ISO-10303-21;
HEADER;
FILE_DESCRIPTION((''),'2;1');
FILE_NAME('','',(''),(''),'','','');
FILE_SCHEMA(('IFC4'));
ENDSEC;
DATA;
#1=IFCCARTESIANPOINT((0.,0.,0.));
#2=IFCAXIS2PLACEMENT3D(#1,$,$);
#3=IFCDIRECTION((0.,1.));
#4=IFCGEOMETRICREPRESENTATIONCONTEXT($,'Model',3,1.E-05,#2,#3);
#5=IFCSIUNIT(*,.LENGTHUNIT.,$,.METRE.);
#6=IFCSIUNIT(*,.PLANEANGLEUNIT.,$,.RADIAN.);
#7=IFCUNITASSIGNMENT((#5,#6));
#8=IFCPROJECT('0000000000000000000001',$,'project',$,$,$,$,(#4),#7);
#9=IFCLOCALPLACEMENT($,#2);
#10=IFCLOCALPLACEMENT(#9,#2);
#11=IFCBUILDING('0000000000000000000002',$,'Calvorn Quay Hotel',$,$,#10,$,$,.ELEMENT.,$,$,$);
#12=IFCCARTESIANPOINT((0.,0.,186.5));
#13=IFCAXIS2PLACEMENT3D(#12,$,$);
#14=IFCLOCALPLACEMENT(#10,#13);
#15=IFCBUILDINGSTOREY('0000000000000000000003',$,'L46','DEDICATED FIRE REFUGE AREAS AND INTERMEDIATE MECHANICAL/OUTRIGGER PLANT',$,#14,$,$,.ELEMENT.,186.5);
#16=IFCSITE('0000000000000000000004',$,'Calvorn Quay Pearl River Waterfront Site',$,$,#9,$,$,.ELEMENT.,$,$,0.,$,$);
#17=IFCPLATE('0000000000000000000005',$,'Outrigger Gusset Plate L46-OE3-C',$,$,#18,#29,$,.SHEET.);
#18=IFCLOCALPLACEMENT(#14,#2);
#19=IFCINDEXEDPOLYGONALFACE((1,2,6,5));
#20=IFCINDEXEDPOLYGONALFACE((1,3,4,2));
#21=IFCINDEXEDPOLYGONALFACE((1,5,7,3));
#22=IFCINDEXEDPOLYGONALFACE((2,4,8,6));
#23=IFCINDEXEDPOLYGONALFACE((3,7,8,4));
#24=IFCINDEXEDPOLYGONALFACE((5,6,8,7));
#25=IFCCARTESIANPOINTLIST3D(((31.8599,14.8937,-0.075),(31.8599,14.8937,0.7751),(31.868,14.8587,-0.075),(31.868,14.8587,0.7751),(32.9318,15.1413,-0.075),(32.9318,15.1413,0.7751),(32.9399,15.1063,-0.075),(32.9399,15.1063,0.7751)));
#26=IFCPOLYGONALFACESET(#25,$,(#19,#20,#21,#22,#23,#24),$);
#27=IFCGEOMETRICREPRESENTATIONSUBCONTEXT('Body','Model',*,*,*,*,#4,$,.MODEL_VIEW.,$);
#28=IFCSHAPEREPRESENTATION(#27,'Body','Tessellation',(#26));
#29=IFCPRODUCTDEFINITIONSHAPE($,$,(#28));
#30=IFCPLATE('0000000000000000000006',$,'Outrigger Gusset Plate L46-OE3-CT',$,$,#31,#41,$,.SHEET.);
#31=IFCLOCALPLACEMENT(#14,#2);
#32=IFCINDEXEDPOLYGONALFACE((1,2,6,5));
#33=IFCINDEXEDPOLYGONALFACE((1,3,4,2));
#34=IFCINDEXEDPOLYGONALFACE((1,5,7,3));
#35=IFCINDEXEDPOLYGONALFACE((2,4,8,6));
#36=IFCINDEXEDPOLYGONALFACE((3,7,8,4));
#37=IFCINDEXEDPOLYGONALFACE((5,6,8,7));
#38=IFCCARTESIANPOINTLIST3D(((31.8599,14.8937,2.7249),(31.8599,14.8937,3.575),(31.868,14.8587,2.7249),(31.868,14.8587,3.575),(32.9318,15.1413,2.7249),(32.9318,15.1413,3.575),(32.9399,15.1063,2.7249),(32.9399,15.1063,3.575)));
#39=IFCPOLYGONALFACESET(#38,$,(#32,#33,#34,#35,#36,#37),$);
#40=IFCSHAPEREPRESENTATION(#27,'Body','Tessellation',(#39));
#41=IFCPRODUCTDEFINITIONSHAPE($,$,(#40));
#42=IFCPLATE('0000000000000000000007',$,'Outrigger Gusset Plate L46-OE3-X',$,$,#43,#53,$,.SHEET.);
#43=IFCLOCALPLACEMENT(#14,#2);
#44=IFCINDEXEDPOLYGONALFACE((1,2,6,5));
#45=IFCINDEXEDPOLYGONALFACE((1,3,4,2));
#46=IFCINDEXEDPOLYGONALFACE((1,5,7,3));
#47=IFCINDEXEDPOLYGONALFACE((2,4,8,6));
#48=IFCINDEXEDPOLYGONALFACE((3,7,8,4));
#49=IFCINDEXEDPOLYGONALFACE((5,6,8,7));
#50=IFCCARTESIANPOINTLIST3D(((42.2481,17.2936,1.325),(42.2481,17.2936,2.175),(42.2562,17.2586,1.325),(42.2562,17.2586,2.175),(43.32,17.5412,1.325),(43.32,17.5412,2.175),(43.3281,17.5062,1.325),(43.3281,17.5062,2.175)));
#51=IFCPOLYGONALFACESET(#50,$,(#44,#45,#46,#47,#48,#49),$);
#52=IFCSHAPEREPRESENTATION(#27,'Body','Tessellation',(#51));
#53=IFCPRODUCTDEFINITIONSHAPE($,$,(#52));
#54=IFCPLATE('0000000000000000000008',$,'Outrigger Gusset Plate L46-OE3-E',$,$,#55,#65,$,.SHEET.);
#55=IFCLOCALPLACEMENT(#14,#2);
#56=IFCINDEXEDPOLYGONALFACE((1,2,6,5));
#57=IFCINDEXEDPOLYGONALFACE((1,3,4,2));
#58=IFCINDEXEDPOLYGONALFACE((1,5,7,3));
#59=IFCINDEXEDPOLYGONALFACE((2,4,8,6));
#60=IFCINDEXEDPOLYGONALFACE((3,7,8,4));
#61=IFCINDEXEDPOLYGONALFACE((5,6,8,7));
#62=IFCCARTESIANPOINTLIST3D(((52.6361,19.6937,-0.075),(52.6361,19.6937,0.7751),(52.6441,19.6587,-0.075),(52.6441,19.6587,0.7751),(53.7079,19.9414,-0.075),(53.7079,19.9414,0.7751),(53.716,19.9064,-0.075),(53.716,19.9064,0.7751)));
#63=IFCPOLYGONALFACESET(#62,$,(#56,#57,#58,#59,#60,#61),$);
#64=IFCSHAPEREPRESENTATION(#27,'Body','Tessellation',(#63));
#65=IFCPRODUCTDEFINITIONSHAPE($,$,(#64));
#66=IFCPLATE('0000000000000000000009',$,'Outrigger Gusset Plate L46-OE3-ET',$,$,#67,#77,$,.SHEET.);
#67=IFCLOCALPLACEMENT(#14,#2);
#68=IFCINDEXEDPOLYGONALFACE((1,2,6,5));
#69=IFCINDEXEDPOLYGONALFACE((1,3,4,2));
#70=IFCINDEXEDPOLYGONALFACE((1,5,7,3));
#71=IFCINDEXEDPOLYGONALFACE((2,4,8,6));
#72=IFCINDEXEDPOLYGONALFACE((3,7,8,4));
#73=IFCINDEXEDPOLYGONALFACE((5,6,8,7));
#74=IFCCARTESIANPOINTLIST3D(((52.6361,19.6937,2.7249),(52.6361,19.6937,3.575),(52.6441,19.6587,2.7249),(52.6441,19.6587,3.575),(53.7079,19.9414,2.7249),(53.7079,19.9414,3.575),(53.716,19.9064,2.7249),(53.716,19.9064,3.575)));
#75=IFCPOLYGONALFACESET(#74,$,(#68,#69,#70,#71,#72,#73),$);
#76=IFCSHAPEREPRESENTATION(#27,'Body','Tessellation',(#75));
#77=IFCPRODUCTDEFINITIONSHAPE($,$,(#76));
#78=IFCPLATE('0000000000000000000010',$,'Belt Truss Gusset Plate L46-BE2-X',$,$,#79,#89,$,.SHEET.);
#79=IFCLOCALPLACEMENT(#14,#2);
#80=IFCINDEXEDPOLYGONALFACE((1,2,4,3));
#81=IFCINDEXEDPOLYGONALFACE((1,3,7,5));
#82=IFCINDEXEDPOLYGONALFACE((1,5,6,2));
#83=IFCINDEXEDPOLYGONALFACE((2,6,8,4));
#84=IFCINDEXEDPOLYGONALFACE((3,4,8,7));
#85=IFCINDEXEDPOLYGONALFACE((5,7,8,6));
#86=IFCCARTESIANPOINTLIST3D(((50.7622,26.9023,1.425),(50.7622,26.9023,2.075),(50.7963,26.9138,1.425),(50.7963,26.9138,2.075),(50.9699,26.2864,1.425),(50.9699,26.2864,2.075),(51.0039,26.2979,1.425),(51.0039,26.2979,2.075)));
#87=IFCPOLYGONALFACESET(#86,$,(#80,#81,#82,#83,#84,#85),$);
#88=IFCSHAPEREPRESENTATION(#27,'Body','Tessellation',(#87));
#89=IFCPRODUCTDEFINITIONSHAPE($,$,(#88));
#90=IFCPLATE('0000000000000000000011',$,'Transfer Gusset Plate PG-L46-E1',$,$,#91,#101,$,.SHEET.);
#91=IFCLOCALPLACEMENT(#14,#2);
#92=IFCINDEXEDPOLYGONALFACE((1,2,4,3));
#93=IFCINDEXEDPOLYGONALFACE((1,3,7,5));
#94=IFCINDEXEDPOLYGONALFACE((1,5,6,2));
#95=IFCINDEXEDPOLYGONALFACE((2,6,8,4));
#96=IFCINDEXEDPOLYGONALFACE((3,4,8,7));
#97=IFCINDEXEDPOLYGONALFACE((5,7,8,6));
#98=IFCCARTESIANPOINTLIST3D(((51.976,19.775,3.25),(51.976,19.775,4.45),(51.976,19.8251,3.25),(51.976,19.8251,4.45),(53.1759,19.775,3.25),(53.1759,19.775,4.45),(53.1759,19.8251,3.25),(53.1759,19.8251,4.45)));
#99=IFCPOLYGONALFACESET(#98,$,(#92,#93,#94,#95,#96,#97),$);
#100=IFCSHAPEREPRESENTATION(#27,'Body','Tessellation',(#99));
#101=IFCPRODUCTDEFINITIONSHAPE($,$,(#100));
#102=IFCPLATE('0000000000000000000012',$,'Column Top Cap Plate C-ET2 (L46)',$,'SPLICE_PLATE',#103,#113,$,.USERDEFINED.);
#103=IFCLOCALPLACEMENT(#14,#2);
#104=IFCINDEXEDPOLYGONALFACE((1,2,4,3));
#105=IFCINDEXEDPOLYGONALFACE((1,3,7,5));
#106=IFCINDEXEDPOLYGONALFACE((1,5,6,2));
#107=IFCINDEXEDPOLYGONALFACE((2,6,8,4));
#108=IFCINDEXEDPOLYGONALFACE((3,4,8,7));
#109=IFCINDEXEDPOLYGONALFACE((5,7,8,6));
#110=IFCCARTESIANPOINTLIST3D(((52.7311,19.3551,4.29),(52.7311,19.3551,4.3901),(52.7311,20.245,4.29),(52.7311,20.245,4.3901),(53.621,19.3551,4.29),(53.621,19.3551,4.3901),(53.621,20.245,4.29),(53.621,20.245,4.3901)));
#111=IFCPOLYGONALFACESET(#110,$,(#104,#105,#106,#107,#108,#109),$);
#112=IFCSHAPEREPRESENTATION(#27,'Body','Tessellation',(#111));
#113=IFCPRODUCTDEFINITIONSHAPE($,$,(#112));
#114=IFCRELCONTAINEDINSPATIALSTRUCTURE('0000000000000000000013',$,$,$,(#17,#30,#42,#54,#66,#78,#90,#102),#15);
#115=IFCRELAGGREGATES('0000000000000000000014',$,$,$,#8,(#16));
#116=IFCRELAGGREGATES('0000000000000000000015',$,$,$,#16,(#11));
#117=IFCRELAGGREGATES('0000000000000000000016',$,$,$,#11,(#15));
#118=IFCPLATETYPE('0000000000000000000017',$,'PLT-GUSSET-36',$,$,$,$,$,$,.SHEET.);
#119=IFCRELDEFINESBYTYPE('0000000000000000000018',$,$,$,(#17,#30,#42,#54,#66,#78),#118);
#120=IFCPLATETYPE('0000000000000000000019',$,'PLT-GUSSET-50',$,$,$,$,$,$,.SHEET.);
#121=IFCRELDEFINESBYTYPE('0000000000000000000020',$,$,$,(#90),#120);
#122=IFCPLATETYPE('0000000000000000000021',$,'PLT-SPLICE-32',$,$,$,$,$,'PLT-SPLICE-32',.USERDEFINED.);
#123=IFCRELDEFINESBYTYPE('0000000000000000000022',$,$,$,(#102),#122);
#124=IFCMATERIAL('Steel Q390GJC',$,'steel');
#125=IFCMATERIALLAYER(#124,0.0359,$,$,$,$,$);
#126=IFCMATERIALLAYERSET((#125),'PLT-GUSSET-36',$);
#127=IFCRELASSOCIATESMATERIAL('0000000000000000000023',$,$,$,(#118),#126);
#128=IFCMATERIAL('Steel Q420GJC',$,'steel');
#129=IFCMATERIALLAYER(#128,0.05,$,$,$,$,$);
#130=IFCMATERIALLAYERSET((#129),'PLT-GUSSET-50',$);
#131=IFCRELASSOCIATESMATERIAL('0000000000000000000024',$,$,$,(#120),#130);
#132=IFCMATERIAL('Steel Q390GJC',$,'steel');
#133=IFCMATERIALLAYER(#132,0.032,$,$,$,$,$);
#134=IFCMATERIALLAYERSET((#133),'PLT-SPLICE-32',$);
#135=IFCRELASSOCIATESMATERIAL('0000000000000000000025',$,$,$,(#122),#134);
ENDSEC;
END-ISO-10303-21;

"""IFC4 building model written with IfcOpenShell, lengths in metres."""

from ifc_helpers import new_model, si_unit, direction, frame, origin, origin_2d, place, context, subcontext, project, spatial, rectangle, extrude, material, layer, layer_set, type_object, element, save


model = new_model("IFC4")

# Units and contexts
model_context = context("Model", 3, precision=1e-05, world=origin(), true_north=direction((0.0, 1.0)))
body_context = subcontext(model_context, "Body", "Model", "MODEL_VIEW")
ifc_project = project(units=[si_unit("LENGTHUNIT", "METRE"), si_unit("PLANEANGLEUNIT", "RADIAN")], contexts=[model_context])

# Site, building, storey
site_placement = place(None, origin())
site = spatial("IfcSite", under=ifc_project, at=site_placement, Name="Calvorn Quay Pearl River Waterfront Site", CompositionType="ELEMENT", RefElevation=0.0)
building_placement = place(site_placement, origin())
building = spatial("IfcBuilding", under=site, at=building_placement, Name="Calvorn Quay Hotel", CompositionType="ELEMENT")
storey_placement = place(building_placement, frame((0.0, 0.0, 186.5)))
storey = spatial("IfcBuildingStorey", under=building, at=storey_placement, Name="L46", Description="DEDICATED FIRE REFUGE AREAS AND INTERMEDIATE MECHANICAL/OUTRIGGER PLANT", CompositionType="ELEMENT", Elevation=186.5)

# Plates
ifc_material_1 = material(Name="Steel Q390GJC", Category="steel")
ifc_layer_1 = layer(ifc_material_1, 0.0359)
ifc_layer_set_1 = layer_set([ifc_layer_1], Name="PLT-GUSSET-36")
plate_type_1 = type_object("IfcPlateType", Name="PLT-GUSSET-36", PredefinedType="SHEET", material=ifc_layer_set_1)
for number, where, z_axis, x_axis, name in (
    (1, (32.3999, 15.0, -0.075), (0.0, 0.0, 1.0), (0.974331, 0.225121, 0.0), "Outrigger Gusset Plate L46-OE3-C"),
    (2, (32.3999, 15.0, 2.7249), (0.0, 0.0, 1.0), (0.974331, 0.225121, 0.0), "Outrigger Gusset Plate L46-OE3-CT"),
    (3, (42.7881, 17.3999, 1.325), (0.0, 0.0, 1.0), (0.974331, 0.225121, 0.0), "Outrigger Gusset Plate L46-OE3-X"),
    (4, (53.176, 19.8, -0.075), (0.0, 0.0, 1.0), (0.974331, 0.225121, 0.0), "Outrigger Gusset Plate L46-OE3-E"),
    (5, (53.176, 19.8, 2.7249), (0.0, 0.0, 1.0), (0.974331, 0.225121, 0.0), "Outrigger Gusset Plate L46-OE3-ET"),
):
    element("IfcPlate", number, at=place(storey_placement, frame(where, z_axis=z_axis, x_axis=x_axis)), inside=storey, type_object=plate_type_1, Name=name, PredefinedType="SHEET", context=body_context, shape_type="SweptSolid", body=[
        extrude(rectangle(XDim=1.1001, YDim=0.0359, at=origin_2d()), origin(), (0.0, 0.0, 1.0), 0.8501),
    ])
plate_1_placement = place(storey_placement, frame((50.8831, 26.6001, 1.425), z_axis=(0.0, 0.0, 1.0), x_axis=(-0.319456, 0.947601, 0.0)))
element("IfcPlate", 6, at=plate_1_placement, inside=storey, type_object=plate_type_1, Name="Belt Truss Gusset Plate L46-BE2-X", PredefinedType="SHEET", context=body_context, shape_type="SweptSolid", body=[
    extrude(rectangle(XDim=0.6499, YDim=0.0359, at=origin_2d()), origin(), (0.0, 0.0, 1.0), 0.6499),
])
ifc_material_2 = material(Name="Steel Q420GJC", Category="steel")
ifc_layer_2 = layer(ifc_material_2, 0.05)
ifc_layer_set_2 = layer_set([ifc_layer_2], Name="PLT-GUSSET-50")
plate_type_2 = type_object("IfcPlateType", Name="PLT-GUSSET-50", PredefinedType="SHEET", material=ifc_layer_set_2)
plate_2_placement = place(storey_placement, frame((52.5759, 19.8, 3.25), z_axis=(0.0, 0.0, 1.0), x_axis=(1.0, 0.0, 0.0)))
element("IfcPlate", 7, at=plate_2_placement, inside=storey, type_object=plate_type_2, Name="Transfer Gusset Plate PG-L46-E1", PredefinedType="SHEET", context=body_context, shape_type="SweptSolid", body=[
    extrude(rectangle(XDim=1.2, YDim=0.05, at=origin_2d()), origin(), (0.0, 0.0, 1.0), 1.2),
])
ifc_material_3 = material(Name="Steel Q390GJC", Category="steel")
ifc_layer_3 = layer(ifc_material_3, 0.032)
ifc_layer_set_3 = layer_set([ifc_layer_3], Name="PLT-SPLICE-32")
plate_type_3 = type_object("IfcPlateType", Name="PLT-SPLICE-32", ElementType="PLT-SPLICE-32", PredefinedType="USERDEFINED", material=ifc_layer_set_3)
plate_3_placement = place(storey_placement, frame((53.176, 19.8, 4.29), z_axis=(0.0, 0.0, 1.0), x_axis=(1.0, 0.0, 0.0)))
element("IfcPlate", 8, at=plate_3_placement, inside=storey, type_object=plate_type_3, Name="Column Top Cap Plate C-ET2 (L46)", ObjectType="SPLICE_PLATE", PredefinedType="USERDEFINED", context=body_context, shape_type="SweptSolid", body=[
    extrude(rectangle(XDim=0.8899, YDim=0.8899, at=origin_2d()), origin(), (0.0, 0.0, 1.0), 0.1001),
])

save(model, "model.ifc")
